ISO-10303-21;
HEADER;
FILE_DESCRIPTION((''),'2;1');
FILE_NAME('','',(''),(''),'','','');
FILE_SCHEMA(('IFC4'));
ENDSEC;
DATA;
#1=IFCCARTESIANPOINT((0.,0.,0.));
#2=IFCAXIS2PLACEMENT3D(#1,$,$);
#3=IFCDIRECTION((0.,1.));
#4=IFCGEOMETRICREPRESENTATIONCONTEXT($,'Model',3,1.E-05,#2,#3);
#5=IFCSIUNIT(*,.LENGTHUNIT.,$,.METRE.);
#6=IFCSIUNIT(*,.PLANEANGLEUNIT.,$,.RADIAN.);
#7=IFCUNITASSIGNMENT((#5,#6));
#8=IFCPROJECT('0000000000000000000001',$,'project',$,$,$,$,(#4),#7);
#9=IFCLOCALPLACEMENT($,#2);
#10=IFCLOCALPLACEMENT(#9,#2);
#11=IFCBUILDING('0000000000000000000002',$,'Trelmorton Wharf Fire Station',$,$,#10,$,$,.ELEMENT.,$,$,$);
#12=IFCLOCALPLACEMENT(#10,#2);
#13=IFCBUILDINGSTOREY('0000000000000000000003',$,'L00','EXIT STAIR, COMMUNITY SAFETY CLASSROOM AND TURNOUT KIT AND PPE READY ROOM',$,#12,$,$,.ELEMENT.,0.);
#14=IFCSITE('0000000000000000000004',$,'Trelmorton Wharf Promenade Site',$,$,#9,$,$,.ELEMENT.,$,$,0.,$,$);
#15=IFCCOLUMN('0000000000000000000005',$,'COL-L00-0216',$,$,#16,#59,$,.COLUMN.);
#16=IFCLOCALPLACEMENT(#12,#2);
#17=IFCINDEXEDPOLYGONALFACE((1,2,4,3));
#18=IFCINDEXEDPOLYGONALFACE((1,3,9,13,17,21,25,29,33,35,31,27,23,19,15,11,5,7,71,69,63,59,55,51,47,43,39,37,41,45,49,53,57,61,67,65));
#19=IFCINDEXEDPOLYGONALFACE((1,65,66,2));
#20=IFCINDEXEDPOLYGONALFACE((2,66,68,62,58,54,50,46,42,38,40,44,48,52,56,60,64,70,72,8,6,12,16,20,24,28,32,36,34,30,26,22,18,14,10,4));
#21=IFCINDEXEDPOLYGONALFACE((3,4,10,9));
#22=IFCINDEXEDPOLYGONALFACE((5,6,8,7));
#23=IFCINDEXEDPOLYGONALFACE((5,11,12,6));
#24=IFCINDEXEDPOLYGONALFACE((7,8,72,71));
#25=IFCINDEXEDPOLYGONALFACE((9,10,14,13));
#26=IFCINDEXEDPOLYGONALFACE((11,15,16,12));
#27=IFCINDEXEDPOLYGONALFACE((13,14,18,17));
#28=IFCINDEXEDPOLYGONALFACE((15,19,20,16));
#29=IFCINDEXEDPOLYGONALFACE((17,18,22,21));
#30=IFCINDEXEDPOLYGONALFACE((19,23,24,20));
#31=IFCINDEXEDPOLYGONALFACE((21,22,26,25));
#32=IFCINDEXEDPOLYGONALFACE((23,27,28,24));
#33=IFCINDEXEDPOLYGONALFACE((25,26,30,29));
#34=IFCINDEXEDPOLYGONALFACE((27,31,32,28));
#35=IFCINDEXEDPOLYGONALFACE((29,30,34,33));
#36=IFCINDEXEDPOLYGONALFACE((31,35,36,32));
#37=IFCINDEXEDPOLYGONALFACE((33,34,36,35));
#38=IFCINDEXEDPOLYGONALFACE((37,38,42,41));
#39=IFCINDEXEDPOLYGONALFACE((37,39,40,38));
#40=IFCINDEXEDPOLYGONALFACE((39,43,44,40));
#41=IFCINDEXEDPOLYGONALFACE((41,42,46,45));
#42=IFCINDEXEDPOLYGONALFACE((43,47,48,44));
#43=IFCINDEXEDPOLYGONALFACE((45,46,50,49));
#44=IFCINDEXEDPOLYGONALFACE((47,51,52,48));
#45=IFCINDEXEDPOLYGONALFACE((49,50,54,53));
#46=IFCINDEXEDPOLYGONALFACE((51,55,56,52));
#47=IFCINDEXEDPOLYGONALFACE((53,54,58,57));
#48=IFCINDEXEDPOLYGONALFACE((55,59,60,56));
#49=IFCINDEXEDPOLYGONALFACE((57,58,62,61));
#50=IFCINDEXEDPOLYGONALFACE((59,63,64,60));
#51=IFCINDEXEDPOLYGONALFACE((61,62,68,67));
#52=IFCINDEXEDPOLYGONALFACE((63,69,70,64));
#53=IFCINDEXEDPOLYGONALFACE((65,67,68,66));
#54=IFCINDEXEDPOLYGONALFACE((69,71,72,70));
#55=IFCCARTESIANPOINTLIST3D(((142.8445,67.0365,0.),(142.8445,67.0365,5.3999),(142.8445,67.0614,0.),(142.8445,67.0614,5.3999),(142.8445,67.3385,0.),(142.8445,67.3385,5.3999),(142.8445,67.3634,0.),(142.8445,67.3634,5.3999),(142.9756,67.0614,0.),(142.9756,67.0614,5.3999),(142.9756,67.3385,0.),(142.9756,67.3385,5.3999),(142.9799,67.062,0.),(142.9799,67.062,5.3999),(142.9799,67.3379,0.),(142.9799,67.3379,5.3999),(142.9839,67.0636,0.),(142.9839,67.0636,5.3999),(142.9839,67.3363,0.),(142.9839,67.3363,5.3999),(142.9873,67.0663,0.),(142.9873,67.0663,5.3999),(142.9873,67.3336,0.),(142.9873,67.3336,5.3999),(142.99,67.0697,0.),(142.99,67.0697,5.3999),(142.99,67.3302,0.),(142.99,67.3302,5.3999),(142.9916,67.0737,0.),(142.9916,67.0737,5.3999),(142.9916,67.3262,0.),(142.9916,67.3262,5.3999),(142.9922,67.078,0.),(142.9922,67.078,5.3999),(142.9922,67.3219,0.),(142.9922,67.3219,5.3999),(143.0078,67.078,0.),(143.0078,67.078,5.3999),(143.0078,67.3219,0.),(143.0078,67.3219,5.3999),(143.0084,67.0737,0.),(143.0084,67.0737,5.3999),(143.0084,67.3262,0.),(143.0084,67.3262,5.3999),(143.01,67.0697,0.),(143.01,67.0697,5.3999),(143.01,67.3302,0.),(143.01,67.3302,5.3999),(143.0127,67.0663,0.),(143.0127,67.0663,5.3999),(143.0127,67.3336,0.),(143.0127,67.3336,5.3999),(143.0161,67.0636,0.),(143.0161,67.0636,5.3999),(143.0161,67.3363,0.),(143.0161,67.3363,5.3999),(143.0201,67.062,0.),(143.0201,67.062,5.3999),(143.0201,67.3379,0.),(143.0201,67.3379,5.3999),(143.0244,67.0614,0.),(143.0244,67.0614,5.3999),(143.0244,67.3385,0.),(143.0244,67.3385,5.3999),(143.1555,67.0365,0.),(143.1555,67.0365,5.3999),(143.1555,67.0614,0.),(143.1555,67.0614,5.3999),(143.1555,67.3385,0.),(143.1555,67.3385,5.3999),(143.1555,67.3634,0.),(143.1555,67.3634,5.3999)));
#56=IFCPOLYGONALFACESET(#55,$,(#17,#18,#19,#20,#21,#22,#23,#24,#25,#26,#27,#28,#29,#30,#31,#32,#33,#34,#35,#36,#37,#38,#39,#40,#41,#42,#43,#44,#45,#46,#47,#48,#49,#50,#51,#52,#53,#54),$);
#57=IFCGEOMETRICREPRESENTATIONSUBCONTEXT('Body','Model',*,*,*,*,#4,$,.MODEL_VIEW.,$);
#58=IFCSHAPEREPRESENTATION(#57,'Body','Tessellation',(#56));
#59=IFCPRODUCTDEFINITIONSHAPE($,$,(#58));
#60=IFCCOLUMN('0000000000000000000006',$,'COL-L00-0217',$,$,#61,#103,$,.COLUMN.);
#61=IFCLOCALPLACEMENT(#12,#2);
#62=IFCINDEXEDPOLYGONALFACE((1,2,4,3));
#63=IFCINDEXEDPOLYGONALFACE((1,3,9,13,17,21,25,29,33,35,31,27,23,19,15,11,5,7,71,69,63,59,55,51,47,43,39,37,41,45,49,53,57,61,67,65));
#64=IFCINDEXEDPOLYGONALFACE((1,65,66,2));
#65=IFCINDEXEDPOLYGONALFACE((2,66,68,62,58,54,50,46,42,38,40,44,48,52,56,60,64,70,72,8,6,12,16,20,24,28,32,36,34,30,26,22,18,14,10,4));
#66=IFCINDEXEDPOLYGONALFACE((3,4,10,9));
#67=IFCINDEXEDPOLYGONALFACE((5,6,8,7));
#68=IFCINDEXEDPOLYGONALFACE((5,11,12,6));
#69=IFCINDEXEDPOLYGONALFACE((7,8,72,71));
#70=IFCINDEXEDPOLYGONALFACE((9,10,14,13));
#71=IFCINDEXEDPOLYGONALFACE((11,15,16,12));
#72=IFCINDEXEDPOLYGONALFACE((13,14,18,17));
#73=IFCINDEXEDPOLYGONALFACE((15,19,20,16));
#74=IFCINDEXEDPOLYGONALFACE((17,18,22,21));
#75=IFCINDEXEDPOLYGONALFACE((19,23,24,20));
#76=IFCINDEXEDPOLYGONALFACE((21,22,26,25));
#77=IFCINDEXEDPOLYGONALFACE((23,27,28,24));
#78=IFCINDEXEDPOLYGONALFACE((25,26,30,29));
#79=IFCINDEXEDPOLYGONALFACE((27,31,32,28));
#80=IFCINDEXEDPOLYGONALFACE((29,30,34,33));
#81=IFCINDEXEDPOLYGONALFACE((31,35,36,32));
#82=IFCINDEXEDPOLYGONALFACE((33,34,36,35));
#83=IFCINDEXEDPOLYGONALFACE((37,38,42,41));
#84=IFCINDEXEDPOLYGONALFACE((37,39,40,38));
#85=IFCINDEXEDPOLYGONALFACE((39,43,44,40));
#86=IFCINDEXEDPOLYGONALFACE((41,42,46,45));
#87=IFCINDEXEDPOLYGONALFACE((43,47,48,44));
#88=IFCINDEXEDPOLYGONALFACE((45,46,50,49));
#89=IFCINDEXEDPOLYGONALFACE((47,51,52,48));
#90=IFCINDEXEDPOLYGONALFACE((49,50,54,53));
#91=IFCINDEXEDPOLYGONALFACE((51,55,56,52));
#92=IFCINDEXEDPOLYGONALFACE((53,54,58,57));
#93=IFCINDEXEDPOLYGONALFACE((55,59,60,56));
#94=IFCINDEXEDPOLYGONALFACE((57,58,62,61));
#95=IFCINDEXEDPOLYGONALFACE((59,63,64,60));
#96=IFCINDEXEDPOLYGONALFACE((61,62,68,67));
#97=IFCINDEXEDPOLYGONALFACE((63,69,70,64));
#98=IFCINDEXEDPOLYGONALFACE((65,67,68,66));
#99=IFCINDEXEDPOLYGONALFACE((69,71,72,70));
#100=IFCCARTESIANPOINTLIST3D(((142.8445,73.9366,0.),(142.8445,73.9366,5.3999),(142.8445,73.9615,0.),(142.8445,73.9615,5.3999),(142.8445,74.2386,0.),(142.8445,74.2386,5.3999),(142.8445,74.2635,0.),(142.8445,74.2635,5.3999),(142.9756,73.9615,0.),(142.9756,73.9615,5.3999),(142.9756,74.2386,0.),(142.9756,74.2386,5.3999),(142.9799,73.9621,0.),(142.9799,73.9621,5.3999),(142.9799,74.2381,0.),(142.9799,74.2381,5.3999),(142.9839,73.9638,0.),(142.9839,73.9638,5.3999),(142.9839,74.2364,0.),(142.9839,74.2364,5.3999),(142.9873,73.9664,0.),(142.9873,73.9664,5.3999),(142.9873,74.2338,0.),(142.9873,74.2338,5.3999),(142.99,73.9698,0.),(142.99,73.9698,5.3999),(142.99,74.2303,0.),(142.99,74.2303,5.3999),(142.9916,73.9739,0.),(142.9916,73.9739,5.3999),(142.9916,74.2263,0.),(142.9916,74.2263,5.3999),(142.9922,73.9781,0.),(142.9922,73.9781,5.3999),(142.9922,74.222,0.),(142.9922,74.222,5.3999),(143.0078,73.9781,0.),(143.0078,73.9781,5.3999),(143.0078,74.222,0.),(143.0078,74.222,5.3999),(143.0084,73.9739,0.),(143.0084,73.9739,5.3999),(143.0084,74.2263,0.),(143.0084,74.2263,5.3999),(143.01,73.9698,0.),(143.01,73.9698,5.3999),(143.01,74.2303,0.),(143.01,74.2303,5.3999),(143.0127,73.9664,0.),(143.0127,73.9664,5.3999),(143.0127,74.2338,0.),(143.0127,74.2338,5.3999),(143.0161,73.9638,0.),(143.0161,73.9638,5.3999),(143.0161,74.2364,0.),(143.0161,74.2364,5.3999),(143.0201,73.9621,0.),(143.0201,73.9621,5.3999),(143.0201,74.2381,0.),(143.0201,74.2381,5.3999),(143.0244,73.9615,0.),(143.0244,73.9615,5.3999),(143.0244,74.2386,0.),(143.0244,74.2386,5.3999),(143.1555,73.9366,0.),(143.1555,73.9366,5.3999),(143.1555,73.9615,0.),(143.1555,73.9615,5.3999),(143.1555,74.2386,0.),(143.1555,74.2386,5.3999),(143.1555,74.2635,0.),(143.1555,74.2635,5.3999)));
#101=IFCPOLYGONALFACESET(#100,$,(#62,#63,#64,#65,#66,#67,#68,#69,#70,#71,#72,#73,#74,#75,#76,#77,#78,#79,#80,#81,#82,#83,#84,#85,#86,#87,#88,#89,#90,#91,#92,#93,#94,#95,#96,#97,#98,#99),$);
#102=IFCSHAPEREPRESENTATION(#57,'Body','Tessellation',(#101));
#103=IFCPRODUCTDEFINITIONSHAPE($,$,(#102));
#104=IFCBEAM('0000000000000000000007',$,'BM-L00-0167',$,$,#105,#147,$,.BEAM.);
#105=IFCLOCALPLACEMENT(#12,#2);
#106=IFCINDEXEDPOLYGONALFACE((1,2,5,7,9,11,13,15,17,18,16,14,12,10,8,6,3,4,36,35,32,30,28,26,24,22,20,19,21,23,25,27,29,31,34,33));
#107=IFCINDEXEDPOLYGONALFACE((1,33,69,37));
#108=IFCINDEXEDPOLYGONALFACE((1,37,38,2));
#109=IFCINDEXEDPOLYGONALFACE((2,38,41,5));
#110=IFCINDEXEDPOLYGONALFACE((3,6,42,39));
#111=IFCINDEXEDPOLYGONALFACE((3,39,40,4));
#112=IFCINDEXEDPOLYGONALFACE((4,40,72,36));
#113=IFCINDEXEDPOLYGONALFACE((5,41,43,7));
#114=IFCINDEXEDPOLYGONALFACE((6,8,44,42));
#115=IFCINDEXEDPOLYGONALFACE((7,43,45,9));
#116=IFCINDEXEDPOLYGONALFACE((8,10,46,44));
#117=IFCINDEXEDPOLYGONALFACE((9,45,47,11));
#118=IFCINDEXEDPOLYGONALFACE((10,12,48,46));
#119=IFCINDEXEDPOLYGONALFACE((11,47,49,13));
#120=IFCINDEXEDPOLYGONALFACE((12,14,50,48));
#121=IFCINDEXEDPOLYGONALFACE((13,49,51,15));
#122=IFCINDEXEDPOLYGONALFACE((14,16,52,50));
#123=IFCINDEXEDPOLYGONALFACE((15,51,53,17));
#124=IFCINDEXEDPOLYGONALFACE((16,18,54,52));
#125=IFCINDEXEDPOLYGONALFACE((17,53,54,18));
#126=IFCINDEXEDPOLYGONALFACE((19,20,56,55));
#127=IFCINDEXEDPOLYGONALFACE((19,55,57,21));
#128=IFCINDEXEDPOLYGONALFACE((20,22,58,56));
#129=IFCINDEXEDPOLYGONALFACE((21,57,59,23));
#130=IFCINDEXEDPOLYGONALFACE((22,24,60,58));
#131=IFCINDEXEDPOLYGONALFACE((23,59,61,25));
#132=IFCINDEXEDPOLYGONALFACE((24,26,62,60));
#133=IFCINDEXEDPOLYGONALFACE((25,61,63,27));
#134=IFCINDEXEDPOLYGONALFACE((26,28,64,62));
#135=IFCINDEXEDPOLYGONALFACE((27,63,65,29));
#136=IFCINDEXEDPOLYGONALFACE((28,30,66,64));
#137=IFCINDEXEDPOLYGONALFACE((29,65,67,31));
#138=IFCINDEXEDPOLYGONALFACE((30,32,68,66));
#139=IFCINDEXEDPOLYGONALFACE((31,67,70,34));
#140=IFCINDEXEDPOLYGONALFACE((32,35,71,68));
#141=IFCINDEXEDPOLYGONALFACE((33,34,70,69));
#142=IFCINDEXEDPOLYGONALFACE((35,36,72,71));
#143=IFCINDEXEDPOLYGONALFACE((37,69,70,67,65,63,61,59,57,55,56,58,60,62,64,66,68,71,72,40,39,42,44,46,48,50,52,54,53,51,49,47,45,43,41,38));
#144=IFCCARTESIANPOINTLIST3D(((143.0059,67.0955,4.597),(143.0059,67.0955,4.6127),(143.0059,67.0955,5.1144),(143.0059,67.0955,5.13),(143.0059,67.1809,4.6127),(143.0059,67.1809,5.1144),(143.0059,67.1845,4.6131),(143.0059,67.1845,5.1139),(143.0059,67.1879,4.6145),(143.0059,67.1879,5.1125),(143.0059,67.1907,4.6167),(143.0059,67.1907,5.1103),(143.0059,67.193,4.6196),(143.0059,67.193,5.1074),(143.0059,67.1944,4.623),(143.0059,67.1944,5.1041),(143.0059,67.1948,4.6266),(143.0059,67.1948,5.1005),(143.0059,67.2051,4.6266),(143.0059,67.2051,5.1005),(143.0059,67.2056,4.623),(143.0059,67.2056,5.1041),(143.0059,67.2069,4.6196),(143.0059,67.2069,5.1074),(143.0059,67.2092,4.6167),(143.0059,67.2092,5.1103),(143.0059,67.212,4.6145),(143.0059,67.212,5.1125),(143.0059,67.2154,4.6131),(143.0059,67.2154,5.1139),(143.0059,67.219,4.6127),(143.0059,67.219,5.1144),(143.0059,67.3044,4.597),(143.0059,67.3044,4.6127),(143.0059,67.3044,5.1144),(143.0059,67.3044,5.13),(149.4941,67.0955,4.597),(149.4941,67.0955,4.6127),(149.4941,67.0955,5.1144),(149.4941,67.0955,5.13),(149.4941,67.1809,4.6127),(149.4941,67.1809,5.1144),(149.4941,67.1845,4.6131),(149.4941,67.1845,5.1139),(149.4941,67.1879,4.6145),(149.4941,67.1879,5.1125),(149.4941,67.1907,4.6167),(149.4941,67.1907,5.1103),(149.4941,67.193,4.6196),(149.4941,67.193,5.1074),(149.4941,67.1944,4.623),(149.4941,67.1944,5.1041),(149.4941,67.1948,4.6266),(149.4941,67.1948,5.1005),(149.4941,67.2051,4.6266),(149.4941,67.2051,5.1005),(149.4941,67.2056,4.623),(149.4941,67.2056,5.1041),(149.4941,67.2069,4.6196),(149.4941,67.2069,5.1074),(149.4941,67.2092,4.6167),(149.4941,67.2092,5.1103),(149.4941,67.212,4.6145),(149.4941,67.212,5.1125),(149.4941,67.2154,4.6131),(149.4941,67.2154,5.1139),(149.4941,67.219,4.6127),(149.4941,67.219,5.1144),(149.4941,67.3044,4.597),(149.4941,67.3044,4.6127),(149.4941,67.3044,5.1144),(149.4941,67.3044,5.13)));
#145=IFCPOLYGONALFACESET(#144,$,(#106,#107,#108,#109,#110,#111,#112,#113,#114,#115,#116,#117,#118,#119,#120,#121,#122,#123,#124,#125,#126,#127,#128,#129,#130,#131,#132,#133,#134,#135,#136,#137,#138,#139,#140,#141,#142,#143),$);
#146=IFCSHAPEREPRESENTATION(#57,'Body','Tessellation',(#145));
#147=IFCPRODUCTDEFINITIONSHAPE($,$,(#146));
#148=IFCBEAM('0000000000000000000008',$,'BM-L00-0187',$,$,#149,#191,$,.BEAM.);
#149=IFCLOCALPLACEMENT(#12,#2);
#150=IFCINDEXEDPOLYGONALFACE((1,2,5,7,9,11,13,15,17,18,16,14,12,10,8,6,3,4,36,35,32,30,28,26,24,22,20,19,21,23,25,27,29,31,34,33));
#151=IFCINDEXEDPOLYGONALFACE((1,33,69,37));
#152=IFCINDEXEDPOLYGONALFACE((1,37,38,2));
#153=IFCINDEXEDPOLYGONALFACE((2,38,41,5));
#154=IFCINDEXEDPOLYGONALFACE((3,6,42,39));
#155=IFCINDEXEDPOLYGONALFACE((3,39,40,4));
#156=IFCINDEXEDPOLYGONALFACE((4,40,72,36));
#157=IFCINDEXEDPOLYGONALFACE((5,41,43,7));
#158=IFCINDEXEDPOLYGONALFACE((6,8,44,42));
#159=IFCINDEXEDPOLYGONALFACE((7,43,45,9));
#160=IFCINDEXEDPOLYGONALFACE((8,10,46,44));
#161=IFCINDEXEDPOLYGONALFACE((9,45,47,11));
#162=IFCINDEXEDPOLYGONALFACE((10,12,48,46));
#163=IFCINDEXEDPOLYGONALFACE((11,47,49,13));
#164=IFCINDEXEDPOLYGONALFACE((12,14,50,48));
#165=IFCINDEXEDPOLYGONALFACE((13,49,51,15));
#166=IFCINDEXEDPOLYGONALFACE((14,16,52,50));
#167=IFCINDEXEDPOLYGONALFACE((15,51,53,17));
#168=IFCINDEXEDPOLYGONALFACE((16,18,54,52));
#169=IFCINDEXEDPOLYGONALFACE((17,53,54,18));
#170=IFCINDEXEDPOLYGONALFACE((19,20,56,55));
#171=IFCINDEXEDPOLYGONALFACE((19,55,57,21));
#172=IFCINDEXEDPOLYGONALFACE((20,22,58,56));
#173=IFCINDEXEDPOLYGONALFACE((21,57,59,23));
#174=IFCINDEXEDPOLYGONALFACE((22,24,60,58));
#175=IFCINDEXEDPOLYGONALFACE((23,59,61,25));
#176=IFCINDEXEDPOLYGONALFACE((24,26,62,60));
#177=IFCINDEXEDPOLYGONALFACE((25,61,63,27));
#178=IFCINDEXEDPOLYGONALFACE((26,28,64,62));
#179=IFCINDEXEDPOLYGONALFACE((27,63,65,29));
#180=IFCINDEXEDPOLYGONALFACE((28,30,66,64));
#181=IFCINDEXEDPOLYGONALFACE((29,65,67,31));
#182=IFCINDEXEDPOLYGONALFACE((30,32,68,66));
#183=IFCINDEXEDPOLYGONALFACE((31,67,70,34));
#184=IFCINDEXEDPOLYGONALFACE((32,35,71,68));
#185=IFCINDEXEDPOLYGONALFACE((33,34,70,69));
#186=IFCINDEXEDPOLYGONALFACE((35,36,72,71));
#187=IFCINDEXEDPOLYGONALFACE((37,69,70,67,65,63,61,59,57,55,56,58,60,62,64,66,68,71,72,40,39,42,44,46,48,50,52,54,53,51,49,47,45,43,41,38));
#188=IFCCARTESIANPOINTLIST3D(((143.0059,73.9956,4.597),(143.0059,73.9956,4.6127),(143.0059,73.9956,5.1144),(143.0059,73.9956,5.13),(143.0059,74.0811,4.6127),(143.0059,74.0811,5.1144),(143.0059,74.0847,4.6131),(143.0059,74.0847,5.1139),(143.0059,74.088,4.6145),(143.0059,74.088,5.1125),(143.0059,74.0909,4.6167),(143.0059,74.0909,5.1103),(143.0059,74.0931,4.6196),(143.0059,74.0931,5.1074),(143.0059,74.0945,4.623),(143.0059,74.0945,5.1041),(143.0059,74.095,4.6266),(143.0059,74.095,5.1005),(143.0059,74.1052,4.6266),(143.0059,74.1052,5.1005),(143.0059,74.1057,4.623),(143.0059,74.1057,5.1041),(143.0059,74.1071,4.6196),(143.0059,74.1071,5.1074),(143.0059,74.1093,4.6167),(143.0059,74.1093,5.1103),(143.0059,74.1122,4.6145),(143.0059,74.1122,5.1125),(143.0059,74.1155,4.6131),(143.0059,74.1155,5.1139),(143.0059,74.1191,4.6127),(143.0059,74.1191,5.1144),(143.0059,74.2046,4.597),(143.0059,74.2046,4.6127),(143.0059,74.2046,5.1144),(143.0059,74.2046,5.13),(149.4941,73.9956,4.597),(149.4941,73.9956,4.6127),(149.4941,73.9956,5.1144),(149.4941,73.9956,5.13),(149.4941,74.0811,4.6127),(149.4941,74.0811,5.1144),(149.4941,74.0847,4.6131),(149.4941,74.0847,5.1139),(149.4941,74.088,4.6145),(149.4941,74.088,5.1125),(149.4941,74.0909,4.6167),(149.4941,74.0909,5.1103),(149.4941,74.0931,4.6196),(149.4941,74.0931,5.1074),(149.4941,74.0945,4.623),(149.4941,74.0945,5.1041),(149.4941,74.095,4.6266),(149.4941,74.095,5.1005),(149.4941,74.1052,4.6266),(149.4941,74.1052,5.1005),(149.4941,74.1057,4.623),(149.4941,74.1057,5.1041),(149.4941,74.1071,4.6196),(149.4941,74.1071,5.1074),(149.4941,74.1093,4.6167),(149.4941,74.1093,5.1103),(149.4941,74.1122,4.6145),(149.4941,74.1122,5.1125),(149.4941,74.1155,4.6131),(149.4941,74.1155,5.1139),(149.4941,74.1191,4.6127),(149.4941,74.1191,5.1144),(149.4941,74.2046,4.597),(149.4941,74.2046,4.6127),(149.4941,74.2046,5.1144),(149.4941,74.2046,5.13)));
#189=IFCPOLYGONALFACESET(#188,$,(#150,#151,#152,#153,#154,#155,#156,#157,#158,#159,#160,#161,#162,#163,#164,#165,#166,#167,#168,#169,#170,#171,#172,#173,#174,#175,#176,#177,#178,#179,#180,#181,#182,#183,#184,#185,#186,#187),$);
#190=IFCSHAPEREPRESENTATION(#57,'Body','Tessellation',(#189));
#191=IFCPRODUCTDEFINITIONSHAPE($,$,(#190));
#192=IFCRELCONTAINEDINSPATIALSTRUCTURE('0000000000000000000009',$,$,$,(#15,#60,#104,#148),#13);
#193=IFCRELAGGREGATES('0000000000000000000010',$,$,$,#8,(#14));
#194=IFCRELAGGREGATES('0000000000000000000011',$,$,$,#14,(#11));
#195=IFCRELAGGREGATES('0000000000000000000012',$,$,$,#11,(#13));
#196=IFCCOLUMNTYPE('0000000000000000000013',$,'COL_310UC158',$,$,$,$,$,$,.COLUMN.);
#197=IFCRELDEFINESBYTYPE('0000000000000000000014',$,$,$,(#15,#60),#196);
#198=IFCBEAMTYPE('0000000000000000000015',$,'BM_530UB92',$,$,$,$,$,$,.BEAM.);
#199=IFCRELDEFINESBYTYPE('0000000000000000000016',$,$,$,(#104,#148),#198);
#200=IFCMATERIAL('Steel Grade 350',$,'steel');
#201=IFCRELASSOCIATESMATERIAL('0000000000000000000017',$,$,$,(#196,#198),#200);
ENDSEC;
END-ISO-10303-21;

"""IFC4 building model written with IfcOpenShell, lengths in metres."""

from ifc_helpers import new_model, si_unit, direction, frame, origin, origin_2d, place, context, subcontext, project, spatial, i_section, extrude, material, material_profile, profile_set, type_object, element, save


model = new_model("IFC4")

# Units and contexts
model_context = context("Model", 3, precision=1e-05, world=origin(), true_north=direction((0.0, 1.0)))
body_context = subcontext(model_context, "Body", "Model", "MODEL_VIEW")
ifc_project = project(units=[si_unit("LENGTHUNIT", "METRE"), si_unit("PLANEANGLEUNIT", "RADIAN")], contexts=[model_context])

# Site, building, storey
site_placement = place(None, origin())
site = spatial("IfcSite", under=ifc_project, at=site_placement, Name="Trelmorton Wharf Promenade Site", CompositionType="ELEMENT", RefElevation=0.0)
building_placement = place(site_placement, origin())
building = spatial("IfcBuilding", under=site, at=building_placement, Name="Trelmorton Wharf Fire Station", CompositionType="ELEMENT")
storey_placement = place(building_placement, origin())
storey = spatial("IfcBuildingStorey", under=building, at=storey_placement, Name="L00", Description="EXIT STAIR, COMMUNITY SAFETY CLASSROOM AND TURNOUT KIT AND PPE READY ROOM", CompositionType="ELEMENT", Elevation=0.0)

# Columns
ifc_material_1 = material(Name="Steel Grade 350", Category="steel")
ifc_material_profile_1 = material_profile(ifc_material_1, i_section(OverallWidth=0.311, OverallDepth=0.3269, WebThickness=0.0156, FlangeThickness=0.0249, FilletRadius=0.0166, at=origin_2d()), Name="310UC158")
ifc_profile_set_1 = profile_set([ifc_material_profile_1], Name="Steel Grade 350")
column_type = type_object("IfcColumnType", Name="COL_310UC158", PredefinedType="COLUMN", material=ifc_profile_set_1)
for number, where, z_axis, x_axis, name in (
    (1, (143.0, 67.2, 0.0), (0.0, 0.0, 1.0), (1.0, 0.0, 0.0), "COL-L00-0216"),
    (2, (143.0, 74.1001, 0.0), (0.0, 0.0, 1.0), (1.0, 0.0, 0.0), "COL-L00-0217"),
):
    element("IfcColumn", number, at=place(storey_placement, frame(where, z_axis=z_axis, x_axis=x_axis)), inside=storey, type_object=column_type, Name=name, PredefinedType="COLUMN", context=body_context, shape_type="SweptSolid", body=[
        extrude(i_section(OverallWidth=0.311, OverallDepth=0.3269, WebThickness=0.0156, FlangeThickness=0.0249, FilletRadius=0.0166, at=origin_2d()), origin(), (0.0, 0.0, 1.0), 5.3999),
    ])

# Beams
ifc_material_profile_2 = material_profile(ifc_material_1, i_section(OverallWidth=0.209, OverallDepth=0.533, WebThickness=0.0103, FlangeThickness=0.0156, FilletRadius=0.0139, at=origin_2d()), Name="530UB92.4")
ifc_profile_set_2 = profile_set([ifc_material_profile_2], Name="Steel Grade 350")
beam_type_1 = type_object("IfcBeamType", Name="BM_530UB92", PredefinedType="BEAM", material=ifc_profile_set_2)
for number, where, z_axis, x_axis, name in (
    (3, (143.0059, 67.2, 4.8635), (1.0, 0.0, 0.0), (0.0, 1.0, 0.0), "BM-L00-0167"),
    (4, (143.0059, 74.1001, 4.8635), (1.0, 0.0, 0.0), (0.0, 1.0, 0.0), "BM-L00-0187"),
):
    element("IfcBeam", number, at=place(storey_placement, frame(where, z_axis=z_axis, x_axis=x_axis)), inside=storey, type_object=beam_type_1, Name=name, PredefinedType="BEAM", context=body_context, shape_type="SweptSolid", body=[
        extrude(i_section(OverallWidth=0.209, OverallDepth=0.533, WebThickness=0.0103, FlangeThickness=0.0156, FilletRadius=0.0139, at=origin_2d()), origin(), (0.0, 0.0, 1.0), 6.4883),
    ])

save(model, "model.ifc")
